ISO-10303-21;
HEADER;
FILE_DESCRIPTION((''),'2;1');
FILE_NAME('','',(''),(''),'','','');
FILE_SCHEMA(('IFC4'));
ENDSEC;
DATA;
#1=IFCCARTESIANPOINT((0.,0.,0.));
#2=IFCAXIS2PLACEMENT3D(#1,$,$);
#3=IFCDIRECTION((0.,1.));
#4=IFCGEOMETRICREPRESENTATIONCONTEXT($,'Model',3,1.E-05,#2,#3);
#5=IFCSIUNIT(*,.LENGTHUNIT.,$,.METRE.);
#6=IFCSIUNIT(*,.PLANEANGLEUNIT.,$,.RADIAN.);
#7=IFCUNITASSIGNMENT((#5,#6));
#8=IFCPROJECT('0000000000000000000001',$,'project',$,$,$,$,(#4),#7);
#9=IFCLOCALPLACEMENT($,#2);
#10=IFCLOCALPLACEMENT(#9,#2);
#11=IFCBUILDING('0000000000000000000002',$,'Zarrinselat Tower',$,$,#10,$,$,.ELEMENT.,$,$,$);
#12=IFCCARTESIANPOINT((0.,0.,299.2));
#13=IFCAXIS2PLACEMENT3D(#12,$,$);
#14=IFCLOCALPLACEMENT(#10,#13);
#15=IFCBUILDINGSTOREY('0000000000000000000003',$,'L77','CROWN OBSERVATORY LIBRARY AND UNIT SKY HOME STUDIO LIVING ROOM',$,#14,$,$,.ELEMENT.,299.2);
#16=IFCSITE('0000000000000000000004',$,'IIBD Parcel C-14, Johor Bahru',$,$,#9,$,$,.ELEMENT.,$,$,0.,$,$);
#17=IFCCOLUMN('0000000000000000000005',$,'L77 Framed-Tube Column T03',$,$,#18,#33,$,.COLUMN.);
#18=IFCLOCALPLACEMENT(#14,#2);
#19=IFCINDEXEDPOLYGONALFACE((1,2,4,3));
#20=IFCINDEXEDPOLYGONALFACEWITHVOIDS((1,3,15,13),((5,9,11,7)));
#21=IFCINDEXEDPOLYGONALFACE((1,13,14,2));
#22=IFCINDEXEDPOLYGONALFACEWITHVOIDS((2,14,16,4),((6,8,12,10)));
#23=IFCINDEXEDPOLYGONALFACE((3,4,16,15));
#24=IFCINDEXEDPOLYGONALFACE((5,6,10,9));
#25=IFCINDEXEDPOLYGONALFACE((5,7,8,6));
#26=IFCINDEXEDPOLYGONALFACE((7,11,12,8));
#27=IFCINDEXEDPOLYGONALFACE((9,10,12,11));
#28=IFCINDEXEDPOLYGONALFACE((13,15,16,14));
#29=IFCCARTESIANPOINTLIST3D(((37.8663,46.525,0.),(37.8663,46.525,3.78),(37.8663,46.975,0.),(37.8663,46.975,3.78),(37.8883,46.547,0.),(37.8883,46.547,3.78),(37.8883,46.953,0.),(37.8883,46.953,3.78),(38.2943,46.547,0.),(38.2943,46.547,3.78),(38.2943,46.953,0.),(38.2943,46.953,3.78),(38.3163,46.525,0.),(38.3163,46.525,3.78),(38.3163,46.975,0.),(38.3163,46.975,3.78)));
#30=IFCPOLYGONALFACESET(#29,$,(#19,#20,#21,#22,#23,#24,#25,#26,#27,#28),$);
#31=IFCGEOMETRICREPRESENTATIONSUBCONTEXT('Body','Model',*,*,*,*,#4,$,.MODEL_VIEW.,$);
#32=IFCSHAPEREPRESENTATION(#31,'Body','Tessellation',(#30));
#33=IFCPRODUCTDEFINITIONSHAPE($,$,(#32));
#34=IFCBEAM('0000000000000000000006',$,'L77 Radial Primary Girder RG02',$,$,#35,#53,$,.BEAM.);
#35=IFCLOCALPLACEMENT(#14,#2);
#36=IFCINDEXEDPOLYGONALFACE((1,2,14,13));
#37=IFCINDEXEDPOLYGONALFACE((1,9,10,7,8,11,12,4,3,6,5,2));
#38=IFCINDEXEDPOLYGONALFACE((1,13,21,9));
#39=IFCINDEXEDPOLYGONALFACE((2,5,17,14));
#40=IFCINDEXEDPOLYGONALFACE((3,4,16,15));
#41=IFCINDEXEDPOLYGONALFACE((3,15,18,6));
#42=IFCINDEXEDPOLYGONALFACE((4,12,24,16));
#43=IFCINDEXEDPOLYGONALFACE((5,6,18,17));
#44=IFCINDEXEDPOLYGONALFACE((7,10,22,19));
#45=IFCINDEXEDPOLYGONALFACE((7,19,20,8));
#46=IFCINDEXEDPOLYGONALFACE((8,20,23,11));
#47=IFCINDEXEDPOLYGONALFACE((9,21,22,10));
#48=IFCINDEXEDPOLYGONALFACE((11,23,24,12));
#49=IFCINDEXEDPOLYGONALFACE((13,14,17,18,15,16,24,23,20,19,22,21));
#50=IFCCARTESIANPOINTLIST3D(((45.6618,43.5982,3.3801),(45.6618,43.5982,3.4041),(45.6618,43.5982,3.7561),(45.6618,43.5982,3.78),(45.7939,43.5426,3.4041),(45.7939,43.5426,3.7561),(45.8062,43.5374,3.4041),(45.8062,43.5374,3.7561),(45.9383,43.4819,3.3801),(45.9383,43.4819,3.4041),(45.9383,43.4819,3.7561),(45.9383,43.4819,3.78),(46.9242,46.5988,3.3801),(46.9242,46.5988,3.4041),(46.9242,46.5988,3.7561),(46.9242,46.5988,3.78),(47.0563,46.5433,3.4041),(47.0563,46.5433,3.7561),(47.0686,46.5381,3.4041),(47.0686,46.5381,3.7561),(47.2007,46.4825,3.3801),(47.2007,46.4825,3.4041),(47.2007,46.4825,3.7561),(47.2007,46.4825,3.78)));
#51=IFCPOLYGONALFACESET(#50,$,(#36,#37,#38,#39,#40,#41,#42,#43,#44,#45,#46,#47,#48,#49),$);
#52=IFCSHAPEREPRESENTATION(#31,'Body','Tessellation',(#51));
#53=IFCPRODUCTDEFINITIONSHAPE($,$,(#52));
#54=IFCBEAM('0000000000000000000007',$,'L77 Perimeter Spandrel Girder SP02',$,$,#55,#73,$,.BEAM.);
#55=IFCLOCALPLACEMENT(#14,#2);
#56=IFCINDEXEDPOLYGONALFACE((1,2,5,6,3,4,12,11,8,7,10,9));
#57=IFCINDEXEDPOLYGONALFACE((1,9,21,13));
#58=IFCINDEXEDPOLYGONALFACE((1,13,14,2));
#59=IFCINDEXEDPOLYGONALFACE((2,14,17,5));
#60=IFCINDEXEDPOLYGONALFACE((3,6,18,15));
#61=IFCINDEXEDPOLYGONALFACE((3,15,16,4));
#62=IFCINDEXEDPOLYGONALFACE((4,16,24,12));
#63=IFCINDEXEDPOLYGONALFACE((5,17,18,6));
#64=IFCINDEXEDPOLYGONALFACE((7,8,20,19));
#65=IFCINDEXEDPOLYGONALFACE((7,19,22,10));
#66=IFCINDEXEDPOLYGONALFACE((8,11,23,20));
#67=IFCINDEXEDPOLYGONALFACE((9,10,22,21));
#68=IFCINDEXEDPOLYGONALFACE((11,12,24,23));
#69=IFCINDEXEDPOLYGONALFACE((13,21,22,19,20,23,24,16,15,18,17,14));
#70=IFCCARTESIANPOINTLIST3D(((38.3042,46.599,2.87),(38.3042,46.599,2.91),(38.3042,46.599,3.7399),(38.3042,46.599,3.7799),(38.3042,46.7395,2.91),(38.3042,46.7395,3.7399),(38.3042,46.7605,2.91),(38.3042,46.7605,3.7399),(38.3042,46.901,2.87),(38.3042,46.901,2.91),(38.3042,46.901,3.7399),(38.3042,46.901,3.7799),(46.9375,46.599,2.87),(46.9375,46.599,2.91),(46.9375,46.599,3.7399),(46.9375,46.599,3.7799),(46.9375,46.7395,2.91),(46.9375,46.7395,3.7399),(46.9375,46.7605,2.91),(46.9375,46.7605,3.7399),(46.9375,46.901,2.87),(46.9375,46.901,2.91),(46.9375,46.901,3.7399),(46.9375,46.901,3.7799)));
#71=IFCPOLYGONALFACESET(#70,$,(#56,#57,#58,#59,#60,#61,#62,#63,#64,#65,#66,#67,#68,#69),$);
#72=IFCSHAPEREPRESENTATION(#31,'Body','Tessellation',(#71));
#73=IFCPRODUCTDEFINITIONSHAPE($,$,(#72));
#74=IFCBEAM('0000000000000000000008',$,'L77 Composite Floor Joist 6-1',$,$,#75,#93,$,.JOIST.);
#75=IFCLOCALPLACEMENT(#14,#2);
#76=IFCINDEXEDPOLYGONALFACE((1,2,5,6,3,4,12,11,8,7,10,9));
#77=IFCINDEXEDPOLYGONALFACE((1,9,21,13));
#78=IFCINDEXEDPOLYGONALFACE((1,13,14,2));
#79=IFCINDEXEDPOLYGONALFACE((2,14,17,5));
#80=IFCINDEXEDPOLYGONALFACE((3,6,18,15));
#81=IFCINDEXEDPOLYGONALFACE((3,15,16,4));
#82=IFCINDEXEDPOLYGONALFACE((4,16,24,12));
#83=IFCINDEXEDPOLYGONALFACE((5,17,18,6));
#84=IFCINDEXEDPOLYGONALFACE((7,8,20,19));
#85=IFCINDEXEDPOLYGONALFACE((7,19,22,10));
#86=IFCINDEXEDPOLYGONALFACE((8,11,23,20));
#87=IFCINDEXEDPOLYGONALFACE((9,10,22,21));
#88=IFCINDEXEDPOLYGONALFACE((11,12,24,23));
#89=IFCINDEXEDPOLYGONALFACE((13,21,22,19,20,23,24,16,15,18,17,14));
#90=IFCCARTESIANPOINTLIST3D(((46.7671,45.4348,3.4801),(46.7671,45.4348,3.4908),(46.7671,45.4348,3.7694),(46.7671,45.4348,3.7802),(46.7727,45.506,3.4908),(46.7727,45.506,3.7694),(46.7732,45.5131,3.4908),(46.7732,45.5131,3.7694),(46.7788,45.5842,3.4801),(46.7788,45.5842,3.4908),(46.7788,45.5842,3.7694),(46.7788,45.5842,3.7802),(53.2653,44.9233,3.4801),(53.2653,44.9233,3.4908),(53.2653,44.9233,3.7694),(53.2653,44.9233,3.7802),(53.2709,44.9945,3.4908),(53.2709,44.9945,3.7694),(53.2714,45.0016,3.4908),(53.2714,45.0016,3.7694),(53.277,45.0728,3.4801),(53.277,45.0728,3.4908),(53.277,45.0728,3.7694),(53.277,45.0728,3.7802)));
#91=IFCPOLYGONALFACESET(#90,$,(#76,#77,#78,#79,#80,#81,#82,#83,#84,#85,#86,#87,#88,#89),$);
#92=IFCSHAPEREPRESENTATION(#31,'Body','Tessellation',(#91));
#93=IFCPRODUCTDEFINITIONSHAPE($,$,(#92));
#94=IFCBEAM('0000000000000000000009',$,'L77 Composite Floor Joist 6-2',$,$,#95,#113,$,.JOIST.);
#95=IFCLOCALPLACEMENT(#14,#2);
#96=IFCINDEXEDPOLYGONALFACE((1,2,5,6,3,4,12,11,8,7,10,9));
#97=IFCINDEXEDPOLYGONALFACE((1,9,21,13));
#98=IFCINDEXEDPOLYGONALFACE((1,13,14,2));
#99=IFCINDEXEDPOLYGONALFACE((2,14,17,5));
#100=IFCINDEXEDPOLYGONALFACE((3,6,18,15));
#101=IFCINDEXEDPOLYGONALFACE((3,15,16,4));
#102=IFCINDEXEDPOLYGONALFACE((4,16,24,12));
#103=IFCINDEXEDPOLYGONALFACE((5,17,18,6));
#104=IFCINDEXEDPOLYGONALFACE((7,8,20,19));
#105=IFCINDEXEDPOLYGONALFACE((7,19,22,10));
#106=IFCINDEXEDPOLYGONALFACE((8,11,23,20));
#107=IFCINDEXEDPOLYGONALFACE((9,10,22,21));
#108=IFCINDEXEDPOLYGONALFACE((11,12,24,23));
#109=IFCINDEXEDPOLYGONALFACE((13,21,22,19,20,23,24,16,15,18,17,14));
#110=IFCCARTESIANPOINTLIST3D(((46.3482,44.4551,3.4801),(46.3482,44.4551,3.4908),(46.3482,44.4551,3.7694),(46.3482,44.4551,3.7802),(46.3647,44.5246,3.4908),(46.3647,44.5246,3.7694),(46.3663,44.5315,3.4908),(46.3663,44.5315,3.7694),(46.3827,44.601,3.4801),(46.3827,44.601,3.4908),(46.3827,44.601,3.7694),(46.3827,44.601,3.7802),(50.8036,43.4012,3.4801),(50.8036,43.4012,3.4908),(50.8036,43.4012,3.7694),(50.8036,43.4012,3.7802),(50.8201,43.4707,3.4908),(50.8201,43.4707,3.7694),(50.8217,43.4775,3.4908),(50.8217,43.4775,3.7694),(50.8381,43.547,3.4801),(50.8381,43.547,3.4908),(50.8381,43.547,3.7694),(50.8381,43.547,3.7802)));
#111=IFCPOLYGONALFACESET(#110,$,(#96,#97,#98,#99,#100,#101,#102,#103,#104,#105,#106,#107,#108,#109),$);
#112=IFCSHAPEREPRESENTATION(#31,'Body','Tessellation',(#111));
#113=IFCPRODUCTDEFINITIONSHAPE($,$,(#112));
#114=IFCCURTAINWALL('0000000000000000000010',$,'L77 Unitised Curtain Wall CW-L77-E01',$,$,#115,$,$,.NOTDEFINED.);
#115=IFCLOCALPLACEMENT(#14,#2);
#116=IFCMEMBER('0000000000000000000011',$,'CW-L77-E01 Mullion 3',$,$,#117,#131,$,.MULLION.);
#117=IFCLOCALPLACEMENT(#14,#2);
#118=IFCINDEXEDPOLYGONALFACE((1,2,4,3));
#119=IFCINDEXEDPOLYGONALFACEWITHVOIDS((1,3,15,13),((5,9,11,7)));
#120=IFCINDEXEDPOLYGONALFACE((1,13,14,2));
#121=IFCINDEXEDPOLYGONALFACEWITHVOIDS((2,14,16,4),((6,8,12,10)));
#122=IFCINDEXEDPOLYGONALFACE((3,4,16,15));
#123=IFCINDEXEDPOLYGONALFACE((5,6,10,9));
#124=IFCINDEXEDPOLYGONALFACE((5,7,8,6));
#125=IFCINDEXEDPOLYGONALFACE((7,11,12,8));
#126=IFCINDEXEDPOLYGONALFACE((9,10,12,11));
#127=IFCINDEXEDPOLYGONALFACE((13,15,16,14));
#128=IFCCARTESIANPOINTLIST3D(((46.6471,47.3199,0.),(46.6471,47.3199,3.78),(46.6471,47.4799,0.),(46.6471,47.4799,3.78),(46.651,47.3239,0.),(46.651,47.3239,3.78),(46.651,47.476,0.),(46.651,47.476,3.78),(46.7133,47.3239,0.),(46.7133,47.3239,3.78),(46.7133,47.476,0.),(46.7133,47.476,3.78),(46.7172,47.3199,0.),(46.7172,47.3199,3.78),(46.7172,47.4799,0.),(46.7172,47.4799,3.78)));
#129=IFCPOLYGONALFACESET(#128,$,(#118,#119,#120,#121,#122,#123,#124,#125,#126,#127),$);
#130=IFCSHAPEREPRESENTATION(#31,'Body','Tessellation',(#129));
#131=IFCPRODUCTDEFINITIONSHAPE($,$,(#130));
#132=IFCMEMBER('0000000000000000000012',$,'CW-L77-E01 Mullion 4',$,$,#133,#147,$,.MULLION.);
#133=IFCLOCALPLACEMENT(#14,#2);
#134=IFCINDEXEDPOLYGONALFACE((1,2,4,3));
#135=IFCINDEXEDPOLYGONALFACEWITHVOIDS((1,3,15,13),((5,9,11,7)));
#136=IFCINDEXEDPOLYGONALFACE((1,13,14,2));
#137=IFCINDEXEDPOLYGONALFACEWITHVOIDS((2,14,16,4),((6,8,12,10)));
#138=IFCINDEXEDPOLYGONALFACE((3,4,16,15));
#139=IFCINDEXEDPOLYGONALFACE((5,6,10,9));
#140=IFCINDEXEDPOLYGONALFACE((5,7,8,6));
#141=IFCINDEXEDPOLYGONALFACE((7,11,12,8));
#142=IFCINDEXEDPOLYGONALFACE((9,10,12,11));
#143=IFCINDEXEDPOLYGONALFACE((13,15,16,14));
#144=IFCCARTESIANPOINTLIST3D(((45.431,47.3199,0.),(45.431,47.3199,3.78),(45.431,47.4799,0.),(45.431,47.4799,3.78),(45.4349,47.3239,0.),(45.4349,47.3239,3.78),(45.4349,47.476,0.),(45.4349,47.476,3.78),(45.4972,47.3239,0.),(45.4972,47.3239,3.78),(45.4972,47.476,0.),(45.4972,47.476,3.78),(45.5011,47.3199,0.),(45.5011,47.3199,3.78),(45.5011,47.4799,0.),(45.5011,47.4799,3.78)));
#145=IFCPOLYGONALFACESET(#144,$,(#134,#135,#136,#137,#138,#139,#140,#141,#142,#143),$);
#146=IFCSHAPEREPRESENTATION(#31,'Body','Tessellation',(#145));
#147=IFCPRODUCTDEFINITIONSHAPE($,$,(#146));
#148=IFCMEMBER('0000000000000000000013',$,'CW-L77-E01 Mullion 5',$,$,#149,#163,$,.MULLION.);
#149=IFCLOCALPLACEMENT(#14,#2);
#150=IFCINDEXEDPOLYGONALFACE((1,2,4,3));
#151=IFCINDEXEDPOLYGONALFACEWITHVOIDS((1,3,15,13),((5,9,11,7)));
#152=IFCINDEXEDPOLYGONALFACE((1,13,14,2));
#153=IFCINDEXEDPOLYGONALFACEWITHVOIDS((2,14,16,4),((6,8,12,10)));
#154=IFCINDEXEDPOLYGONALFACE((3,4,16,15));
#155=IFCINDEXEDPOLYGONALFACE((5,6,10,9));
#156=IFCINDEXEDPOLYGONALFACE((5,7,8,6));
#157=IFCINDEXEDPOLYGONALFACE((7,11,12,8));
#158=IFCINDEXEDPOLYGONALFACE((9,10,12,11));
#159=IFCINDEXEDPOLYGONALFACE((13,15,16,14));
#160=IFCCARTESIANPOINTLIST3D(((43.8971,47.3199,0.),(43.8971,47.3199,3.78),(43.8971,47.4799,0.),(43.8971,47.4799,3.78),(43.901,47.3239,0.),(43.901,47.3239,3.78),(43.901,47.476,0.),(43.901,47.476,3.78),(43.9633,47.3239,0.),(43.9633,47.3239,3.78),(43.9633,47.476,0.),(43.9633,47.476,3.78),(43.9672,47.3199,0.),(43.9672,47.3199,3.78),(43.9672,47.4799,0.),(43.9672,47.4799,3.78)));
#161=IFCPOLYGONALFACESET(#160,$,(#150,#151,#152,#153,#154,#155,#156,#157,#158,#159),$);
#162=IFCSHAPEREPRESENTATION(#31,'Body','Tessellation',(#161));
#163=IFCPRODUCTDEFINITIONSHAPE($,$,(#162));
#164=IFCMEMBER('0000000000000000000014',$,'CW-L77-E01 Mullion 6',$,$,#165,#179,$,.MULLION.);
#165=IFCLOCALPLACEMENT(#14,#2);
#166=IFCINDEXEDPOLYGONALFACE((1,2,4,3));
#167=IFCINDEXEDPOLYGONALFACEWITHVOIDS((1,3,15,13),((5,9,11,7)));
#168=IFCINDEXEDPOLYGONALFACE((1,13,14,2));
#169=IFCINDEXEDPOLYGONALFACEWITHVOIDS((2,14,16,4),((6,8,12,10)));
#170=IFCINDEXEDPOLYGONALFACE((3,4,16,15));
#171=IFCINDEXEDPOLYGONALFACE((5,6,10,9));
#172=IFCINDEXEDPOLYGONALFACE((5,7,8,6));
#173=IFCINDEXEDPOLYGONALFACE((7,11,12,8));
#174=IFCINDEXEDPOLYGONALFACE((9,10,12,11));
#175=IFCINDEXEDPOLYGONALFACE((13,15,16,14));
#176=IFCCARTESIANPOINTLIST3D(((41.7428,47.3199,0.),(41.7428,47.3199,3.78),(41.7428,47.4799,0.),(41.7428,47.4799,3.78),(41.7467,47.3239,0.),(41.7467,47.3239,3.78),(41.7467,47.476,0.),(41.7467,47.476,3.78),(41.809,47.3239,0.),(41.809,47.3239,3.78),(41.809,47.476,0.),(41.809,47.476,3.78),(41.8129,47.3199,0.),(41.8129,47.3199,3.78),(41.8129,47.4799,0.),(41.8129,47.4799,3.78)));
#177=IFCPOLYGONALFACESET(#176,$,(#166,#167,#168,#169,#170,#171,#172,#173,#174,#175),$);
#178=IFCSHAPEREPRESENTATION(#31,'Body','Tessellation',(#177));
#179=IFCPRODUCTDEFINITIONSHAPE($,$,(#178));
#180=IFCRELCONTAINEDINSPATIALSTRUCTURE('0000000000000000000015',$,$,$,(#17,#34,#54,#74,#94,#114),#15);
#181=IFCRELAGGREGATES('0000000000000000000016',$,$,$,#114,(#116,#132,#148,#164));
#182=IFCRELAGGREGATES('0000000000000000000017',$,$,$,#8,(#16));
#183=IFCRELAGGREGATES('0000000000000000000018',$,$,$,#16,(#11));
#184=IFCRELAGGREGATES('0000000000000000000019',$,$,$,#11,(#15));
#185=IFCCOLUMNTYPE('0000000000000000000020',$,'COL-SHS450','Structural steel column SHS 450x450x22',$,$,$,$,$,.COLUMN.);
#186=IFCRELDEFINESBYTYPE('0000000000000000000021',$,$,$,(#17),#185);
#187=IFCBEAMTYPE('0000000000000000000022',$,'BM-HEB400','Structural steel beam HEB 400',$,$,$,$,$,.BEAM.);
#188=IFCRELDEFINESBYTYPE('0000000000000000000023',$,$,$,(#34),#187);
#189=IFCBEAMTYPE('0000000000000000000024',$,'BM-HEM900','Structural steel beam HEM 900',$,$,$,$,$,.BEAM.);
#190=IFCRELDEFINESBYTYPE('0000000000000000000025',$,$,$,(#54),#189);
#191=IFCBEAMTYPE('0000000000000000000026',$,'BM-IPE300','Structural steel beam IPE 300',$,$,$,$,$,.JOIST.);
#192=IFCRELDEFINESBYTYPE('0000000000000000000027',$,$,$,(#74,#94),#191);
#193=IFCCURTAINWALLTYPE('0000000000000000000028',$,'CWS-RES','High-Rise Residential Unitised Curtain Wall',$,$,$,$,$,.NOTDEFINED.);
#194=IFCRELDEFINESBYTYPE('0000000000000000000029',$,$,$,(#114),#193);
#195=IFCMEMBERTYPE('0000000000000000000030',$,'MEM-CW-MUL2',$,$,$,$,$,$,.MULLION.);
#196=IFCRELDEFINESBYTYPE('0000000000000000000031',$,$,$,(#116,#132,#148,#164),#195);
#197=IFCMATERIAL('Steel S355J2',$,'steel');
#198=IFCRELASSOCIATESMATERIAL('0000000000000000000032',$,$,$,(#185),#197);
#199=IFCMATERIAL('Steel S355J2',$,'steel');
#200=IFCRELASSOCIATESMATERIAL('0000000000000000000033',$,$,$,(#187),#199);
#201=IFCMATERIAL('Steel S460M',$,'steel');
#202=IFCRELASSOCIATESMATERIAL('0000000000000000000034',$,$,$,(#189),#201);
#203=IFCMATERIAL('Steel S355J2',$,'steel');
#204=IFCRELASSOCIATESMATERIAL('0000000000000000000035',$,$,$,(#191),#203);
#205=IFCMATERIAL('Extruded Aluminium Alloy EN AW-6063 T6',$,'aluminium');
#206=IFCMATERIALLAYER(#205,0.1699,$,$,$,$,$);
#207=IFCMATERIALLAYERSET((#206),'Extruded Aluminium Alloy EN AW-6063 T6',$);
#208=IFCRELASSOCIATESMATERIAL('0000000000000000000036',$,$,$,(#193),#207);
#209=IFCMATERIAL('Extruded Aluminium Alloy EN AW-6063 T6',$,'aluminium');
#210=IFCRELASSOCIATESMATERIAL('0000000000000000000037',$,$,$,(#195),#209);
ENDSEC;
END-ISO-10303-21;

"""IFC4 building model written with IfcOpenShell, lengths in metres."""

from ifc_helpers import new_model, si_unit, direction, frame, origin, origin_2d, place, context, subcontext, project, spatial, hollow_rectangle, i_section, extrude, material, layer, layer_set, material_profile, profile_set, type_object, element, aggregate, save


model = new_model("IFC4")

# Units and contexts
model_context = context("Model", 3, precision=1e-05, world=origin(), true_north=direction((0.0, 1.0)))
body_context = subcontext(model_context, "Body", "Model", "MODEL_VIEW")
ifc_project = project(units=[si_unit("LENGTHUNIT", "METRE"), si_unit("PLANEANGLEUNIT", "RADIAN")], contexts=[model_context])

# Site, building, storey
site_placement = place(None, origin())
site = spatial("IfcSite", under=ifc_project, at=site_placement, Name="IIBD Parcel C-14, Johor Bahru", CompositionType="ELEMENT", RefElevation=0.0)
building_placement = place(site_placement, origin())
building = spatial("IfcBuilding", under=site, at=building_placement, Name="Zarrinselat Tower", CompositionType="ELEMENT")
storey_placement = place(building_placement, frame((0.0, 0.0, 299.2)))
storey = spatial("IfcBuildingStorey", under=building, at=storey_placement, Name="L77", Description="CROWN OBSERVATORY LIBRARY AND UNIT SKY HOME STUDIO LIVING ROOM", CompositionType="ELEMENT", Elevation=299.2)

# Column
ifc_material_1 = material(Name="Steel S355J2", Category="steel")
ifc_material_profile_1 = material_profile(ifc_material_1, hollow_rectangle(XDim=0.45, YDim=0.45, WallThickness=0.022, at=origin_2d()), Name="SHS 450x450x22")
ifc_profile_set_1 = profile_set([ifc_material_profile_1], Name="Steel S355J2")
column_type = type_object("IfcColumnType", Name="COL-SHS450", Description="Structural steel column SHS 450x450x22", PredefinedType="COLUMN", material=ifc_profile_set_1)
column_placement = place(storey_placement, frame((38.0913, 46.75, 0.0), z_axis=(0.0, 0.0, 1.0), x_axis=(1.0, 0.0, 0.0)))
element("IfcColumn", 1, at=column_placement, inside=storey, type_object=column_type, Name="L77 Framed-Tube Column T03", PredefinedType="COLUMN", context=body_context, shape_type="SweptSolid", body=[
    extrude(hollow_rectangle(XDim=0.45, YDim=0.45, WallThickness=0.022, at=origin_2d()), origin(), (0.0, 0.0, 1.0), 3.78),
])

# Beams
ifc_material_2 = material(Name="Steel S355J2", Category="steel")
ifc_material_profile_2 = material_profile(ifc_material_2, i_section(OverallWidth=0.3, OverallDepth=0.3999, WebThickness=0.0134, FlangeThickness=0.0239, at=origin_2d()), Name="HEB 400")
ifc_profile_set_2 = profile_set([ifc_material_profile_2], Name="Steel S355J2")
beam_type_1 = type_object("IfcBeamType", Name="BM-HEB400", Description="Structural steel beam HEB 400", PredefinedType="BEAM", material=ifc_profile_set_2)
beam_1_placement = place(storey_placement, frame((45.8, 43.54, 3.5801), z_axis=(0.387792, 0.921747, 0.0), x_axis=(-0.921747, 0.387792, 0.0)))
element("IfcBeam", 2, at=beam_1_placement, inside=storey, type_object=beam_type_1, Name="L77 Radial Primary Girder RG02", PredefinedType="BEAM", context=body_context, shape_type="SweptSolid", body=[
    extrude(i_section(OverallWidth=0.3, OverallDepth=0.3999, WebThickness=0.0134, FlangeThickness=0.0239, at=origin_2d()), origin(), (0.0, 0.0, 1.0), 3.2554),
])
ifc_material_3 = material(Name="Steel S460M", Category="steel")
ifc_material_profile_3 = material_profile(ifc_material_3, i_section(OverallWidth=0.302, OverallDepth=0.9099, WebThickness=0.021, FlangeThickness=0.04, at=origin_2d()), Name="HEM 900")
ifc_profile_set_3 = profile_set([ifc_material_profile_3], Name="Steel S460M")
beam_type_2 = type_object("IfcBeamType", Name="BM-HEM900", Description="Structural steel beam HEM 900", PredefinedType="BEAM", material=ifc_profile_set_3)
beam_2_placement = place(storey_placement, frame((38.3042, 46.75, 3.325), z_axis=(1.0, 0.0, 0.0), x_axis=(0.0, 1.0, 0.0)))
element("IfcBeam", 3, at=beam_2_placement, inside=storey, type_object=beam_type_2, Name="L77 Perimeter Spandrel Girder SP02", PredefinedType="BEAM", context=body_context, shape_type="SweptSolid", body=[
    extrude(i_section(OverallWidth=0.302, OverallDepth=0.9099, WebThickness=0.021, FlangeThickness=0.04, at=origin_2d()), origin(), (0.0, 0.0, 1.0), 8.6333),
])
ifc_material_4 = material(Name="Steel S355J2", Category="steel")
ifc_material_profile_4 = material_profile(ifc_material_4, i_section(OverallWidth=0.1499, OverallDepth=0.3, WebThickness=0.0071, FlangeThickness=0.0107, at=origin_2d()), Name="IPE 300")
ifc_profile_set_4 = profile_set([ifc_material_profile_4], Name="Steel S355J2")
beam_type_3 = type_object("IfcBeamType", Name="BM-IPE300", Description="Structural steel beam IPE 300", PredefinedType="JOIST", material=ifc_profile_set_4)
beam_3_placement = place(storey_placement, frame((46.7729, 45.5095, 3.6301), z_axis=(0.996917, -0.078466, 0.0), x_axis=(0.078466, 0.996917, 0.0)))
element("IfcBeam", 4, at=beam_3_placement, inside=storey, type_object=beam_type_3, Name="L77 Composite Floor Joist 6-1", PredefinedType="JOIST", context=body_context, shape_type="SweptSolid", body=[
    extrude(i_section(OverallWidth=0.1499, OverallDepth=0.3, WebThickness=0.0071, FlangeThickness=0.0107, at=origin_2d()), origin(), (0.0, 0.0, 1.0), 6.5183),
])
beam_4_placement = place(storey_placement, frame((46.3655, 44.5281, 3.6301), z_axis=(0.973142, -0.230207, 0.0), x_axis=(0.230207, 0.973142, 0.0)))
element("IfcBeam", 5, at=beam_4_placement, inside=storey, type_object=beam_type_3, Name="L77 Composite Floor Joist 6-2", PredefinedType="JOIST", context=body_context, shape_type="SweptSolid", body=[
    extrude(i_section(OverallWidth=0.1499, OverallDepth=0.3, WebThickness=0.0071, FlangeThickness=0.0107, at=origin_2d()), origin(), (0.0, 0.0, 1.0), 4.5784),
])

# Curtain wall, members
ifc_material_5 = material(Name="Extruded Aluminium Alloy EN AW-6063 T6", Category="aluminium")
ifc_layer_1 = layer(ifc_material_5, 0.1699)
ifc_layer_set_1 = layer_set([ifc_layer_1], Name="Extruded Aluminium Alloy EN AW-6063 T6")
curtain_wall_type = type_object("IfcCurtainWallType", Name="CWS-RES", Description="High-Rise Residential Unitised Curtain Wall", PredefinedType="NOTDEFINED", material=ifc_layer_set_1)
curtain_wall_placement = place(storey_placement, origin())
curtain_wall = element("IfcCurtainWall", 6, at=curtain_wall_placement, inside=storey, type_object=curtain_wall_type, Name="L77 Unitised Curtain Wall CW-L77-E01", PredefinedType="NOTDEFINED")
ifc_material_6 = material(Name="Extruded Aluminium Alloy EN AW-6063 T6", Category="aluminium")
ifc_material_profile_5 = material_profile(ifc_material_6, hollow_rectangle(XDim=0.0701, YDim=0.1599, WallThickness=0.0039, at=origin_2d()), Name="RHS 160x70x4")
ifc_profile_set_5 = profile_set([ifc_material_profile_5], Name="Extruded Aluminium Alloy EN AW-6063 T6")
member_type_1 = type_object("IfcMemberType", Name="MEM-CW-MUL2", PredefinedType="MULLION", material=ifc_profile_set_5)
member_1_placement = place(storey_placement, frame((46.6821, 47.3999, 0.0), z_axis=(0.0, 0.0, 1.0), x_axis=(-1.0, 0.0, 0.0)))
member_1 = element("IfcMember", 7, at=member_1_placement, type_object=member_type_1, Name="CW-L77-E01 Mullion 3", PredefinedType="MULLION", context=body_context, shape_type="SweptSolid", body=[
    extrude(hollow_rectangle(XDim=0.0701, YDim=0.1599, WallThickness=0.0039, at=origin_2d()), origin(), (0.0, 0.0, 1.0), 3.78),
])
member_2_placement = place(storey_placement, frame((45.4661, 47.3999, 0.0), z_axis=(0.0, 0.0, 1.0), x_axis=(-1.0, 0.0, 0.0)))
member_2 = element("IfcMember", 8, at=member_2_placement, type_object=member_type_1, Name="CW-L77-E01 Mullion 4", PredefinedType="MULLION", context=body_context, shape_type="SweptSolid", body=[
    extrude(hollow_rectangle(XDim=0.0701, YDim=0.1599, WallThickness=0.0039, at=origin_2d()), origin(), (0.0, 0.0, 1.0), 3.78),
])
member_3_placement = place(storey_placement, frame((43.9321, 47.3999, 0.0), z_axis=(0.0, 0.0, 1.0), x_axis=(-1.0, 0.0, 0.0)))
member_3 = element("IfcMember", 9, at=member_3_placement, type_object=member_type_1, Name="CW-L77-E01 Mullion 5", PredefinedType="MULLION", context=body_context, shape_type="SweptSolid", body=[
    extrude(hollow_rectangle(XDim=0.0701, YDim=0.1599, WallThickness=0.0039, at=origin_2d()), origin(), (0.0, 0.0, 1.0), 3.78),
])
member_4_placement = place(storey_placement, frame((41.7778, 47.3999, 0.0), z_axis=(0.0, 0.0, 1.0), x_axis=(-1.0, 0.0, 0.0)))
member_4 = element("IfcMember", 10, at=member_4_placement, type_object=member_type_1, Name="CW-L77-E01 Mullion 6", PredefinedType="MULLION", context=body_context, shape_type="SweptSolid", body=[
    extrude(hollow_rectangle(XDim=0.0701, YDim=0.1599, WallThickness=0.0039, at=origin_2d()), origin(), (0.0, 0.0, 1.0), 3.78),
])
aggregate(curtain_wall, [member_1, member_2, member_3, member_4])

save(model, "model.ifc")
